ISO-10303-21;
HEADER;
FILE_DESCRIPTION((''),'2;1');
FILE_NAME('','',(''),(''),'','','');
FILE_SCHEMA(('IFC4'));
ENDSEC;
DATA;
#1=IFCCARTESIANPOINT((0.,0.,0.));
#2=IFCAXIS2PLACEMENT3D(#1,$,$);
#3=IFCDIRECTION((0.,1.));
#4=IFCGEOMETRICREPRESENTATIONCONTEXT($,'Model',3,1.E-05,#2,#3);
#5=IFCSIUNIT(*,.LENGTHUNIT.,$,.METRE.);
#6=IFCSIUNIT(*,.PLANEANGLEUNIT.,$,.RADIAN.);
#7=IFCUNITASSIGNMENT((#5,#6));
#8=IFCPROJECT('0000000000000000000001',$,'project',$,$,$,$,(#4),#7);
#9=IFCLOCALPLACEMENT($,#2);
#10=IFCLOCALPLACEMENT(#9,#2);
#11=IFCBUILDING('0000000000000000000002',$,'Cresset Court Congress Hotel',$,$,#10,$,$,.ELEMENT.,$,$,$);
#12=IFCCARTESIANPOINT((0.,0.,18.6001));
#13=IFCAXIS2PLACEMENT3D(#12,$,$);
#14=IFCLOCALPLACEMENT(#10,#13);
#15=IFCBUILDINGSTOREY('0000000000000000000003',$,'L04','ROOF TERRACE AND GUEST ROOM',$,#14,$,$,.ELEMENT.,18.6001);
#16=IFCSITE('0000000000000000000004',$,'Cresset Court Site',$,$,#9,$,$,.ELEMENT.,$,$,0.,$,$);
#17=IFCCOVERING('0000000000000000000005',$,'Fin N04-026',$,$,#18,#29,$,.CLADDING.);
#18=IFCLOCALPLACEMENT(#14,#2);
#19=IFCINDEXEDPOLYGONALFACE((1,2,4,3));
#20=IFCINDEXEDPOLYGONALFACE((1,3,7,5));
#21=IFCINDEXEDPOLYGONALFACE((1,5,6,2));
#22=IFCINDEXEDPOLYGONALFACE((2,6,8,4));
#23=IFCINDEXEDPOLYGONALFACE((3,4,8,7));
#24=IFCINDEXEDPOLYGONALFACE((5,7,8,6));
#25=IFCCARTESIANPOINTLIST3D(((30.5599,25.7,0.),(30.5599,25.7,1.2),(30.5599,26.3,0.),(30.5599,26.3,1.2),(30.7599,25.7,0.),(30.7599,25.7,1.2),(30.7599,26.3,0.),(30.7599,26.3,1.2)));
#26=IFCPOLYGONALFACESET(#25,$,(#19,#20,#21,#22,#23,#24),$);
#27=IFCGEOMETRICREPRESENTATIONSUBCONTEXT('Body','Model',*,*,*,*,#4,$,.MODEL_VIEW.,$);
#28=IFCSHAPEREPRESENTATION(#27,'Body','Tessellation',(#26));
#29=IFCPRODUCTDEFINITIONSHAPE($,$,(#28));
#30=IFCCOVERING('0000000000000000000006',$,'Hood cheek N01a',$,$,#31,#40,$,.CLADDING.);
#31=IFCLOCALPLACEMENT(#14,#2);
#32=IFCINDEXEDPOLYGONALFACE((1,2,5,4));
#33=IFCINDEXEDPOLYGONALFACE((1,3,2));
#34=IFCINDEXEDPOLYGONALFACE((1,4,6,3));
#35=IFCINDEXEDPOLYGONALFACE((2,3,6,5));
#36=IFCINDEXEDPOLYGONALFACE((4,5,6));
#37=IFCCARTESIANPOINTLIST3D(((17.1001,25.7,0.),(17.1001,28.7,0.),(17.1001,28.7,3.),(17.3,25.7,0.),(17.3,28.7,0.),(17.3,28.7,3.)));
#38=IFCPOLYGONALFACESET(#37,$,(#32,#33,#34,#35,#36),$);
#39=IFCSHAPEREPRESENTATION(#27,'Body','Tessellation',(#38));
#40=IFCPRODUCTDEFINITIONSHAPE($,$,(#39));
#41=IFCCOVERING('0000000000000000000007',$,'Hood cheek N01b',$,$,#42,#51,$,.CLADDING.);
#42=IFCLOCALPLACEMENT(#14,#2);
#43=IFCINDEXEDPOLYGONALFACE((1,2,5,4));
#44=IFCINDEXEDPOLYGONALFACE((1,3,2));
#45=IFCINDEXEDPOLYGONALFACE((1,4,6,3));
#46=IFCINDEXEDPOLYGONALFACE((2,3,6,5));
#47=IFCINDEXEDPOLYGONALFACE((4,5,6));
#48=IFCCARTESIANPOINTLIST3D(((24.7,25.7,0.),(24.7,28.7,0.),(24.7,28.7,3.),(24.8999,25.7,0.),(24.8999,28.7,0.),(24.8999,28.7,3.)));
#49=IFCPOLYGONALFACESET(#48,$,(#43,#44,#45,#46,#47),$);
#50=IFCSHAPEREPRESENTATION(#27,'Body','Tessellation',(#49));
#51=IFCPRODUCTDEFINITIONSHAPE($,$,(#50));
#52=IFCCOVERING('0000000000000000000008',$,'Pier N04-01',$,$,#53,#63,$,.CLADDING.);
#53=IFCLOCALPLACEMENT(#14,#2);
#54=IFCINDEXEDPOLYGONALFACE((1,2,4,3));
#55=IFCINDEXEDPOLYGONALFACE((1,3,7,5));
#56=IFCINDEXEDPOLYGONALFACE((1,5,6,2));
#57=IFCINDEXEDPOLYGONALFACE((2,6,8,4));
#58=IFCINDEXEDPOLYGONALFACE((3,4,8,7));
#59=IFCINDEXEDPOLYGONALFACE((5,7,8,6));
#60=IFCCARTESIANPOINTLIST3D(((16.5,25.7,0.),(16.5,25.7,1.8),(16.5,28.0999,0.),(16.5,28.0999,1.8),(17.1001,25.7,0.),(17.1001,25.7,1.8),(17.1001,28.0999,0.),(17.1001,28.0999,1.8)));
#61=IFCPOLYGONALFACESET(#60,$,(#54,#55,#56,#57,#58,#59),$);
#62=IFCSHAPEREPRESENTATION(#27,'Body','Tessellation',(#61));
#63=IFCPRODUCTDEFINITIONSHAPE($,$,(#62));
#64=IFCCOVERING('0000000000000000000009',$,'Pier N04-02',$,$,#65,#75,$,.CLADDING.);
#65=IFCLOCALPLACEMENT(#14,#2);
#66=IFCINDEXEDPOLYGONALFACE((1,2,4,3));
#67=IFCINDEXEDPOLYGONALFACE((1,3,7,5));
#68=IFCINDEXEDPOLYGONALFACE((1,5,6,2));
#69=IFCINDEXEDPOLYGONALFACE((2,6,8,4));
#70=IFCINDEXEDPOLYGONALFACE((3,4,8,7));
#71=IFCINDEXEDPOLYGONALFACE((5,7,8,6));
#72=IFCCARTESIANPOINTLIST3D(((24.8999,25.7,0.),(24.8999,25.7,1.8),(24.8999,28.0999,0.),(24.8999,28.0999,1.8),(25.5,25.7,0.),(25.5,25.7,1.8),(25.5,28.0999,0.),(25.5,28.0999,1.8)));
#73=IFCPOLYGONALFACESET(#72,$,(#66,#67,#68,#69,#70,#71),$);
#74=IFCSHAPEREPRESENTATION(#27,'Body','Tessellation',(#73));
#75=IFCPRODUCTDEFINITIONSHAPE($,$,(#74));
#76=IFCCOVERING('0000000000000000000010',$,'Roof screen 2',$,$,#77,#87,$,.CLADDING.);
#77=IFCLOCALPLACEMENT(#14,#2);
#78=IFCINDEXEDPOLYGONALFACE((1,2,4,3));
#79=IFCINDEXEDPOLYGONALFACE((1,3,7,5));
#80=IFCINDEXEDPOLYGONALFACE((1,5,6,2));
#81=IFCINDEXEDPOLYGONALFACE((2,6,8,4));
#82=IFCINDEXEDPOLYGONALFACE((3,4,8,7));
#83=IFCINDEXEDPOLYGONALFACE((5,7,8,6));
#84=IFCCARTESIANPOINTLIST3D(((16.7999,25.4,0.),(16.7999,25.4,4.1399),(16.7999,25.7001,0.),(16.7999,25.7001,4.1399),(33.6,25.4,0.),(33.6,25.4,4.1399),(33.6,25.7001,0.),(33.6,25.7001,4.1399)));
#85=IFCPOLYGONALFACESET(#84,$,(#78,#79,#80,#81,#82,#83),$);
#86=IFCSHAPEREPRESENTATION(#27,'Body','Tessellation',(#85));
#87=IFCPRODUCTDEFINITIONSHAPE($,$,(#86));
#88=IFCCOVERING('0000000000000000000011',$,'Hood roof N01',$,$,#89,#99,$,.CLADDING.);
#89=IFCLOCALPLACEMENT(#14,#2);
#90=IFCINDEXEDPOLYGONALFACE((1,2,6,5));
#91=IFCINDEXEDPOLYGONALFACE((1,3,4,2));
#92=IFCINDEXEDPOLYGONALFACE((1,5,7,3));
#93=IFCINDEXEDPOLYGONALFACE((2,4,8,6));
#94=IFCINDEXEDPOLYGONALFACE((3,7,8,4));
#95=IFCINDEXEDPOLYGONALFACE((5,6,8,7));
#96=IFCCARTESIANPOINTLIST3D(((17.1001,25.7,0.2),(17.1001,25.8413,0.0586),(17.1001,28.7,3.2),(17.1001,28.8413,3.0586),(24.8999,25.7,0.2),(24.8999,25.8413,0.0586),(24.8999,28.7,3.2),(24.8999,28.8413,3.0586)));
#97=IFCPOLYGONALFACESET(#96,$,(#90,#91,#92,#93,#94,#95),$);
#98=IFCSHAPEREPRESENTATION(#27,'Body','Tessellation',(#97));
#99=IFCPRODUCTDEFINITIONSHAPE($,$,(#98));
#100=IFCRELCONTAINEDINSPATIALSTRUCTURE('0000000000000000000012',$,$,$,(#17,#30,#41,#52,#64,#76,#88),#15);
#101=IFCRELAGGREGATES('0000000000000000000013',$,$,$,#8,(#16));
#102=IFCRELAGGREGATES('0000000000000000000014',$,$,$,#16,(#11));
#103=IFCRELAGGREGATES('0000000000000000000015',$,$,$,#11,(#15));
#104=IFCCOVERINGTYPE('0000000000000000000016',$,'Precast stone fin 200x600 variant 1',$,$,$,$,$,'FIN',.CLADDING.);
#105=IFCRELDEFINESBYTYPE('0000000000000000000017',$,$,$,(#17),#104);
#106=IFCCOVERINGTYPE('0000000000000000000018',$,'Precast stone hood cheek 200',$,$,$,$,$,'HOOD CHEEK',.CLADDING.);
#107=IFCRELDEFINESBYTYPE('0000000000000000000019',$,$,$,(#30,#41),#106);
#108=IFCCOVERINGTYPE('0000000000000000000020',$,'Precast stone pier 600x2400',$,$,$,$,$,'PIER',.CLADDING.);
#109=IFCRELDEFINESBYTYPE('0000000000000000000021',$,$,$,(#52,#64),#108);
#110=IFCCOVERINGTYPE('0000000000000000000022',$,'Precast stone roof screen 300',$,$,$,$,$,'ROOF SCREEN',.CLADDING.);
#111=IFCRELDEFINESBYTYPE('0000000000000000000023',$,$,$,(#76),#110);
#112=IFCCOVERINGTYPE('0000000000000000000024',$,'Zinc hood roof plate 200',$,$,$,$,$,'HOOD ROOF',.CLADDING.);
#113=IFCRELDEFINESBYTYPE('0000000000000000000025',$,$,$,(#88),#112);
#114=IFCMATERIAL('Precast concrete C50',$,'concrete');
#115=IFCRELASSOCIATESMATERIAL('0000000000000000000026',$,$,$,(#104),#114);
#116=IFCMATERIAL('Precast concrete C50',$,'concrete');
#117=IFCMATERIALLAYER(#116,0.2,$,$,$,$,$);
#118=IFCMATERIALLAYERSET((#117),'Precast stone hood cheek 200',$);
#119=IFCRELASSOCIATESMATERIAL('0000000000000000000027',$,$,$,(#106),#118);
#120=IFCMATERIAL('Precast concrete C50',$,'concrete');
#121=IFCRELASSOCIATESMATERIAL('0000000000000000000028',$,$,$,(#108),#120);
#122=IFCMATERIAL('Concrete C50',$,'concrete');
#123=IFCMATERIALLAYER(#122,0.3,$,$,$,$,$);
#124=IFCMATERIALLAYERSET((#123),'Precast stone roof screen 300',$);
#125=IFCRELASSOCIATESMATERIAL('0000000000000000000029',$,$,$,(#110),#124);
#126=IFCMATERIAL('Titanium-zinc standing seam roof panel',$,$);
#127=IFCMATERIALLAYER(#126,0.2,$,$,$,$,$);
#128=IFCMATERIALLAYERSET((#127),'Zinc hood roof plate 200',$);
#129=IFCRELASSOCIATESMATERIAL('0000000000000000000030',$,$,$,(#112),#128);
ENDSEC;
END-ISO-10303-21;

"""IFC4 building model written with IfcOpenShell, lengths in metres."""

from ifc_helpers import new_model, si_unit, direction, frame, origin, origin_2d, place, context, subcontext, project, spatial, polyline, rectangle, outline, extrude, material, layer, layer_set, type_object, element, save


model = new_model("IFC4")

# Units and contexts
model_context = context("Model", 3, precision=1e-05, world=origin(), true_north=direction((0.0, 1.0)))
body_context = subcontext(model_context, "Body", "Model", "MODEL_VIEW")
ifc_project = project(units=[si_unit("LENGTHUNIT", "METRE"), si_unit("PLANEANGLEUNIT", "RADIAN")], contexts=[model_context])

# Site, building, storey
site_placement = place(None, origin())
site = spatial("IfcSite", under=ifc_project, at=site_placement, Name="Cresset Court Site", CompositionType="ELEMENT", RefElevation=0.0)
building_placement = place(site_placement, origin())
building = spatial("IfcBuilding", under=site, at=building_placement, Name="Cresset Court Congress Hotel", CompositionType="ELEMENT")
storey_placement = place(building_placement, frame((0.0, 0.0, 18.6001)))
storey = spatial("IfcBuildingStorey", under=building, at=storey_placement, Name="L04", Description="ROOF TERRACE AND GUEST ROOM", CompositionType="ELEMENT", Elevation=18.6001)

# Coverings
ifc_material_1 = material(Name="Precast concrete C50", Category="concrete")
covering_type_1 = type_object("IfcCoveringType", Name="Precast stone fin 200x600 variant 1", ElementType="FIN", PredefinedType="CLADDING", material=ifc_material_1)
for number, where, z_axis, x_axis, name in (
    (1, (30.6599, 26.0, 0.0), (0.0, 0.0, 1.0), (1.0, 0.0, 0.0), "Fin N04-026"),
):
    element("IfcCovering", number, at=place(storey_placement, frame(where, z_axis=z_axis, x_axis=x_axis)), inside=storey, type_object=covering_type_1, Name=name, PredefinedType="CLADDING", context=body_context, shape_type="SweptSolid", body=[
        extrude(rectangle(XDim=0.2, YDim=0.6001, at=origin_2d()), origin(), (0.0, 0.0, 1.0), 1.2),
    ])
ifc_material_2 = material(Name="Precast concrete C50", Category="concrete")
ifc_layer_1 = layer(ifc_material_2, 0.2)
ifc_layer_set_1 = layer_set([ifc_layer_1], Name="Precast stone hood cheek 200")
covering_type_2 = type_object("IfcCoveringType", Name="Precast stone hood cheek 200", ElementType="HOOD CHEEK", PredefinedType="CLADDING", material=ifc_layer_set_1)
for number, where, z_axis, x_axis, name in (
    (2, (17.3, 25.7, 0.0), (1.0, 0.0, 0.0), (0.0, 1.0, 0.0), "Hood cheek N01a"),
    (3, (24.8999, 25.7, 0.0), (1.0, 0.0, 0.0), (0.0, 1.0, 0.0), "Hood cheek N01b"),
):
    element("IfcCovering", number, at=place(storey_placement, frame(where, z_axis=z_axis, x_axis=x_axis)), inside=storey, type_object=covering_type_2, Name=name, PredefinedType="CLADDING", context=body_context, shape_type="SweptSolid", body=[
        extrude(outline(polyline([(0.0, 0.0), (3.0, 0.0), (3.0, 3.0), (0.0, 0.0)])), origin(), (0.0, 0.0, -1.0), 0.2),
    ])
ifc_material_3 = material(Name="Precast concrete C50", Category="concrete")
covering_type_3 = type_object("IfcCoveringType", Name="Precast stone pier 600x2400", ElementType="PIER", PredefinedType="CLADDING", material=ifc_material_3)
for number, where, z_axis, x_axis, name in (
    (4, (16.8, 26.8999, 0.0), (0.0, 0.0, 1.0), (1.0, 0.0, 0.0), "Pier N04-01"),
    (5, (25.2, 26.8999, 0.0), (0.0, 0.0, 1.0), (1.0, 0.0, 0.0), "Pier N04-02"),
):
    element("IfcCovering", number, at=place(storey_placement, frame(where, z_axis=z_axis, x_axis=x_axis)), inside=storey, type_object=covering_type_3, Name=name, PredefinedType="CLADDING", context=body_context, shape_type="SweptSolid", body=[
        extrude(rectangle(XDim=0.6001, YDim=2.3999, at=origin_2d()), origin(), (0.0, 0.0, 1.0), 1.8),
    ])
ifc_material_4 = material(Name="Concrete C50", Category="concrete")
ifc_layer_2 = layer(ifc_material_4, 0.3)
ifc_layer_set_2 = layer_set([ifc_layer_2], Name="Precast stone roof screen 300")
covering_type_4 = type_object("IfcCoveringType", Name="Precast stone roof screen 300", ElementType="ROOF SCREEN", PredefinedType="CLADDING", material=ifc_layer_set_2)
covering_1_placement = place(storey_placement, frame((25.2, 25.55, 0.0), z_axis=(0.0, 0.0, 1.0), x_axis=(1.0, 0.0, 0.0)))
element("IfcCovering", 6, at=covering_1_placement, inside=storey, type_object=covering_type_4, Name="Roof screen 2", PredefinedType="CLADDING", context=body_context, shape_type="SweptSolid", body=[
    extrude(rectangle(XDim=16.8, YDim=0.3, at=origin_2d()), origin(), (0.0, 0.0, 1.0), 4.1399),
])
ifc_material_5 = material(Name="Titanium-zinc standing seam roof panel")
ifc_layer_3 = layer(ifc_material_5, 0.2)
ifc_layer_set_3 = layer_set([ifc_layer_3], Name="Zinc hood roof plate 200")
covering_type_5 = type_object("IfcCoveringType", Name="Zinc hood roof plate 200", ElementType="HOOD ROOF", PredefinedType="CLADDING", material=ifc_layer_set_3)
covering_2_placement = place(storey_placement, frame((17.1001, 25.7, 0.2), z_axis=(0.0, -0.707107, 0.707107), x_axis=(1.0, 0.0, 0.0)))
element("IfcCovering", 7, at=covering_2_placement, inside=storey, type_object=covering_type_5, Name="Hood roof N01", PredefinedType="CLADDING", context=body_context, shape_type="SweptSolid", body=[
    extrude(outline(polyline([(0.0, 0.0), (7.7998, 0.0), (7.7998, 4.2426), (0.0, 4.2426), (0.0, 0.0)])), origin(), (0.0, 0.0, -1.0), 0.2),
])

save(model, "model.ifc")
